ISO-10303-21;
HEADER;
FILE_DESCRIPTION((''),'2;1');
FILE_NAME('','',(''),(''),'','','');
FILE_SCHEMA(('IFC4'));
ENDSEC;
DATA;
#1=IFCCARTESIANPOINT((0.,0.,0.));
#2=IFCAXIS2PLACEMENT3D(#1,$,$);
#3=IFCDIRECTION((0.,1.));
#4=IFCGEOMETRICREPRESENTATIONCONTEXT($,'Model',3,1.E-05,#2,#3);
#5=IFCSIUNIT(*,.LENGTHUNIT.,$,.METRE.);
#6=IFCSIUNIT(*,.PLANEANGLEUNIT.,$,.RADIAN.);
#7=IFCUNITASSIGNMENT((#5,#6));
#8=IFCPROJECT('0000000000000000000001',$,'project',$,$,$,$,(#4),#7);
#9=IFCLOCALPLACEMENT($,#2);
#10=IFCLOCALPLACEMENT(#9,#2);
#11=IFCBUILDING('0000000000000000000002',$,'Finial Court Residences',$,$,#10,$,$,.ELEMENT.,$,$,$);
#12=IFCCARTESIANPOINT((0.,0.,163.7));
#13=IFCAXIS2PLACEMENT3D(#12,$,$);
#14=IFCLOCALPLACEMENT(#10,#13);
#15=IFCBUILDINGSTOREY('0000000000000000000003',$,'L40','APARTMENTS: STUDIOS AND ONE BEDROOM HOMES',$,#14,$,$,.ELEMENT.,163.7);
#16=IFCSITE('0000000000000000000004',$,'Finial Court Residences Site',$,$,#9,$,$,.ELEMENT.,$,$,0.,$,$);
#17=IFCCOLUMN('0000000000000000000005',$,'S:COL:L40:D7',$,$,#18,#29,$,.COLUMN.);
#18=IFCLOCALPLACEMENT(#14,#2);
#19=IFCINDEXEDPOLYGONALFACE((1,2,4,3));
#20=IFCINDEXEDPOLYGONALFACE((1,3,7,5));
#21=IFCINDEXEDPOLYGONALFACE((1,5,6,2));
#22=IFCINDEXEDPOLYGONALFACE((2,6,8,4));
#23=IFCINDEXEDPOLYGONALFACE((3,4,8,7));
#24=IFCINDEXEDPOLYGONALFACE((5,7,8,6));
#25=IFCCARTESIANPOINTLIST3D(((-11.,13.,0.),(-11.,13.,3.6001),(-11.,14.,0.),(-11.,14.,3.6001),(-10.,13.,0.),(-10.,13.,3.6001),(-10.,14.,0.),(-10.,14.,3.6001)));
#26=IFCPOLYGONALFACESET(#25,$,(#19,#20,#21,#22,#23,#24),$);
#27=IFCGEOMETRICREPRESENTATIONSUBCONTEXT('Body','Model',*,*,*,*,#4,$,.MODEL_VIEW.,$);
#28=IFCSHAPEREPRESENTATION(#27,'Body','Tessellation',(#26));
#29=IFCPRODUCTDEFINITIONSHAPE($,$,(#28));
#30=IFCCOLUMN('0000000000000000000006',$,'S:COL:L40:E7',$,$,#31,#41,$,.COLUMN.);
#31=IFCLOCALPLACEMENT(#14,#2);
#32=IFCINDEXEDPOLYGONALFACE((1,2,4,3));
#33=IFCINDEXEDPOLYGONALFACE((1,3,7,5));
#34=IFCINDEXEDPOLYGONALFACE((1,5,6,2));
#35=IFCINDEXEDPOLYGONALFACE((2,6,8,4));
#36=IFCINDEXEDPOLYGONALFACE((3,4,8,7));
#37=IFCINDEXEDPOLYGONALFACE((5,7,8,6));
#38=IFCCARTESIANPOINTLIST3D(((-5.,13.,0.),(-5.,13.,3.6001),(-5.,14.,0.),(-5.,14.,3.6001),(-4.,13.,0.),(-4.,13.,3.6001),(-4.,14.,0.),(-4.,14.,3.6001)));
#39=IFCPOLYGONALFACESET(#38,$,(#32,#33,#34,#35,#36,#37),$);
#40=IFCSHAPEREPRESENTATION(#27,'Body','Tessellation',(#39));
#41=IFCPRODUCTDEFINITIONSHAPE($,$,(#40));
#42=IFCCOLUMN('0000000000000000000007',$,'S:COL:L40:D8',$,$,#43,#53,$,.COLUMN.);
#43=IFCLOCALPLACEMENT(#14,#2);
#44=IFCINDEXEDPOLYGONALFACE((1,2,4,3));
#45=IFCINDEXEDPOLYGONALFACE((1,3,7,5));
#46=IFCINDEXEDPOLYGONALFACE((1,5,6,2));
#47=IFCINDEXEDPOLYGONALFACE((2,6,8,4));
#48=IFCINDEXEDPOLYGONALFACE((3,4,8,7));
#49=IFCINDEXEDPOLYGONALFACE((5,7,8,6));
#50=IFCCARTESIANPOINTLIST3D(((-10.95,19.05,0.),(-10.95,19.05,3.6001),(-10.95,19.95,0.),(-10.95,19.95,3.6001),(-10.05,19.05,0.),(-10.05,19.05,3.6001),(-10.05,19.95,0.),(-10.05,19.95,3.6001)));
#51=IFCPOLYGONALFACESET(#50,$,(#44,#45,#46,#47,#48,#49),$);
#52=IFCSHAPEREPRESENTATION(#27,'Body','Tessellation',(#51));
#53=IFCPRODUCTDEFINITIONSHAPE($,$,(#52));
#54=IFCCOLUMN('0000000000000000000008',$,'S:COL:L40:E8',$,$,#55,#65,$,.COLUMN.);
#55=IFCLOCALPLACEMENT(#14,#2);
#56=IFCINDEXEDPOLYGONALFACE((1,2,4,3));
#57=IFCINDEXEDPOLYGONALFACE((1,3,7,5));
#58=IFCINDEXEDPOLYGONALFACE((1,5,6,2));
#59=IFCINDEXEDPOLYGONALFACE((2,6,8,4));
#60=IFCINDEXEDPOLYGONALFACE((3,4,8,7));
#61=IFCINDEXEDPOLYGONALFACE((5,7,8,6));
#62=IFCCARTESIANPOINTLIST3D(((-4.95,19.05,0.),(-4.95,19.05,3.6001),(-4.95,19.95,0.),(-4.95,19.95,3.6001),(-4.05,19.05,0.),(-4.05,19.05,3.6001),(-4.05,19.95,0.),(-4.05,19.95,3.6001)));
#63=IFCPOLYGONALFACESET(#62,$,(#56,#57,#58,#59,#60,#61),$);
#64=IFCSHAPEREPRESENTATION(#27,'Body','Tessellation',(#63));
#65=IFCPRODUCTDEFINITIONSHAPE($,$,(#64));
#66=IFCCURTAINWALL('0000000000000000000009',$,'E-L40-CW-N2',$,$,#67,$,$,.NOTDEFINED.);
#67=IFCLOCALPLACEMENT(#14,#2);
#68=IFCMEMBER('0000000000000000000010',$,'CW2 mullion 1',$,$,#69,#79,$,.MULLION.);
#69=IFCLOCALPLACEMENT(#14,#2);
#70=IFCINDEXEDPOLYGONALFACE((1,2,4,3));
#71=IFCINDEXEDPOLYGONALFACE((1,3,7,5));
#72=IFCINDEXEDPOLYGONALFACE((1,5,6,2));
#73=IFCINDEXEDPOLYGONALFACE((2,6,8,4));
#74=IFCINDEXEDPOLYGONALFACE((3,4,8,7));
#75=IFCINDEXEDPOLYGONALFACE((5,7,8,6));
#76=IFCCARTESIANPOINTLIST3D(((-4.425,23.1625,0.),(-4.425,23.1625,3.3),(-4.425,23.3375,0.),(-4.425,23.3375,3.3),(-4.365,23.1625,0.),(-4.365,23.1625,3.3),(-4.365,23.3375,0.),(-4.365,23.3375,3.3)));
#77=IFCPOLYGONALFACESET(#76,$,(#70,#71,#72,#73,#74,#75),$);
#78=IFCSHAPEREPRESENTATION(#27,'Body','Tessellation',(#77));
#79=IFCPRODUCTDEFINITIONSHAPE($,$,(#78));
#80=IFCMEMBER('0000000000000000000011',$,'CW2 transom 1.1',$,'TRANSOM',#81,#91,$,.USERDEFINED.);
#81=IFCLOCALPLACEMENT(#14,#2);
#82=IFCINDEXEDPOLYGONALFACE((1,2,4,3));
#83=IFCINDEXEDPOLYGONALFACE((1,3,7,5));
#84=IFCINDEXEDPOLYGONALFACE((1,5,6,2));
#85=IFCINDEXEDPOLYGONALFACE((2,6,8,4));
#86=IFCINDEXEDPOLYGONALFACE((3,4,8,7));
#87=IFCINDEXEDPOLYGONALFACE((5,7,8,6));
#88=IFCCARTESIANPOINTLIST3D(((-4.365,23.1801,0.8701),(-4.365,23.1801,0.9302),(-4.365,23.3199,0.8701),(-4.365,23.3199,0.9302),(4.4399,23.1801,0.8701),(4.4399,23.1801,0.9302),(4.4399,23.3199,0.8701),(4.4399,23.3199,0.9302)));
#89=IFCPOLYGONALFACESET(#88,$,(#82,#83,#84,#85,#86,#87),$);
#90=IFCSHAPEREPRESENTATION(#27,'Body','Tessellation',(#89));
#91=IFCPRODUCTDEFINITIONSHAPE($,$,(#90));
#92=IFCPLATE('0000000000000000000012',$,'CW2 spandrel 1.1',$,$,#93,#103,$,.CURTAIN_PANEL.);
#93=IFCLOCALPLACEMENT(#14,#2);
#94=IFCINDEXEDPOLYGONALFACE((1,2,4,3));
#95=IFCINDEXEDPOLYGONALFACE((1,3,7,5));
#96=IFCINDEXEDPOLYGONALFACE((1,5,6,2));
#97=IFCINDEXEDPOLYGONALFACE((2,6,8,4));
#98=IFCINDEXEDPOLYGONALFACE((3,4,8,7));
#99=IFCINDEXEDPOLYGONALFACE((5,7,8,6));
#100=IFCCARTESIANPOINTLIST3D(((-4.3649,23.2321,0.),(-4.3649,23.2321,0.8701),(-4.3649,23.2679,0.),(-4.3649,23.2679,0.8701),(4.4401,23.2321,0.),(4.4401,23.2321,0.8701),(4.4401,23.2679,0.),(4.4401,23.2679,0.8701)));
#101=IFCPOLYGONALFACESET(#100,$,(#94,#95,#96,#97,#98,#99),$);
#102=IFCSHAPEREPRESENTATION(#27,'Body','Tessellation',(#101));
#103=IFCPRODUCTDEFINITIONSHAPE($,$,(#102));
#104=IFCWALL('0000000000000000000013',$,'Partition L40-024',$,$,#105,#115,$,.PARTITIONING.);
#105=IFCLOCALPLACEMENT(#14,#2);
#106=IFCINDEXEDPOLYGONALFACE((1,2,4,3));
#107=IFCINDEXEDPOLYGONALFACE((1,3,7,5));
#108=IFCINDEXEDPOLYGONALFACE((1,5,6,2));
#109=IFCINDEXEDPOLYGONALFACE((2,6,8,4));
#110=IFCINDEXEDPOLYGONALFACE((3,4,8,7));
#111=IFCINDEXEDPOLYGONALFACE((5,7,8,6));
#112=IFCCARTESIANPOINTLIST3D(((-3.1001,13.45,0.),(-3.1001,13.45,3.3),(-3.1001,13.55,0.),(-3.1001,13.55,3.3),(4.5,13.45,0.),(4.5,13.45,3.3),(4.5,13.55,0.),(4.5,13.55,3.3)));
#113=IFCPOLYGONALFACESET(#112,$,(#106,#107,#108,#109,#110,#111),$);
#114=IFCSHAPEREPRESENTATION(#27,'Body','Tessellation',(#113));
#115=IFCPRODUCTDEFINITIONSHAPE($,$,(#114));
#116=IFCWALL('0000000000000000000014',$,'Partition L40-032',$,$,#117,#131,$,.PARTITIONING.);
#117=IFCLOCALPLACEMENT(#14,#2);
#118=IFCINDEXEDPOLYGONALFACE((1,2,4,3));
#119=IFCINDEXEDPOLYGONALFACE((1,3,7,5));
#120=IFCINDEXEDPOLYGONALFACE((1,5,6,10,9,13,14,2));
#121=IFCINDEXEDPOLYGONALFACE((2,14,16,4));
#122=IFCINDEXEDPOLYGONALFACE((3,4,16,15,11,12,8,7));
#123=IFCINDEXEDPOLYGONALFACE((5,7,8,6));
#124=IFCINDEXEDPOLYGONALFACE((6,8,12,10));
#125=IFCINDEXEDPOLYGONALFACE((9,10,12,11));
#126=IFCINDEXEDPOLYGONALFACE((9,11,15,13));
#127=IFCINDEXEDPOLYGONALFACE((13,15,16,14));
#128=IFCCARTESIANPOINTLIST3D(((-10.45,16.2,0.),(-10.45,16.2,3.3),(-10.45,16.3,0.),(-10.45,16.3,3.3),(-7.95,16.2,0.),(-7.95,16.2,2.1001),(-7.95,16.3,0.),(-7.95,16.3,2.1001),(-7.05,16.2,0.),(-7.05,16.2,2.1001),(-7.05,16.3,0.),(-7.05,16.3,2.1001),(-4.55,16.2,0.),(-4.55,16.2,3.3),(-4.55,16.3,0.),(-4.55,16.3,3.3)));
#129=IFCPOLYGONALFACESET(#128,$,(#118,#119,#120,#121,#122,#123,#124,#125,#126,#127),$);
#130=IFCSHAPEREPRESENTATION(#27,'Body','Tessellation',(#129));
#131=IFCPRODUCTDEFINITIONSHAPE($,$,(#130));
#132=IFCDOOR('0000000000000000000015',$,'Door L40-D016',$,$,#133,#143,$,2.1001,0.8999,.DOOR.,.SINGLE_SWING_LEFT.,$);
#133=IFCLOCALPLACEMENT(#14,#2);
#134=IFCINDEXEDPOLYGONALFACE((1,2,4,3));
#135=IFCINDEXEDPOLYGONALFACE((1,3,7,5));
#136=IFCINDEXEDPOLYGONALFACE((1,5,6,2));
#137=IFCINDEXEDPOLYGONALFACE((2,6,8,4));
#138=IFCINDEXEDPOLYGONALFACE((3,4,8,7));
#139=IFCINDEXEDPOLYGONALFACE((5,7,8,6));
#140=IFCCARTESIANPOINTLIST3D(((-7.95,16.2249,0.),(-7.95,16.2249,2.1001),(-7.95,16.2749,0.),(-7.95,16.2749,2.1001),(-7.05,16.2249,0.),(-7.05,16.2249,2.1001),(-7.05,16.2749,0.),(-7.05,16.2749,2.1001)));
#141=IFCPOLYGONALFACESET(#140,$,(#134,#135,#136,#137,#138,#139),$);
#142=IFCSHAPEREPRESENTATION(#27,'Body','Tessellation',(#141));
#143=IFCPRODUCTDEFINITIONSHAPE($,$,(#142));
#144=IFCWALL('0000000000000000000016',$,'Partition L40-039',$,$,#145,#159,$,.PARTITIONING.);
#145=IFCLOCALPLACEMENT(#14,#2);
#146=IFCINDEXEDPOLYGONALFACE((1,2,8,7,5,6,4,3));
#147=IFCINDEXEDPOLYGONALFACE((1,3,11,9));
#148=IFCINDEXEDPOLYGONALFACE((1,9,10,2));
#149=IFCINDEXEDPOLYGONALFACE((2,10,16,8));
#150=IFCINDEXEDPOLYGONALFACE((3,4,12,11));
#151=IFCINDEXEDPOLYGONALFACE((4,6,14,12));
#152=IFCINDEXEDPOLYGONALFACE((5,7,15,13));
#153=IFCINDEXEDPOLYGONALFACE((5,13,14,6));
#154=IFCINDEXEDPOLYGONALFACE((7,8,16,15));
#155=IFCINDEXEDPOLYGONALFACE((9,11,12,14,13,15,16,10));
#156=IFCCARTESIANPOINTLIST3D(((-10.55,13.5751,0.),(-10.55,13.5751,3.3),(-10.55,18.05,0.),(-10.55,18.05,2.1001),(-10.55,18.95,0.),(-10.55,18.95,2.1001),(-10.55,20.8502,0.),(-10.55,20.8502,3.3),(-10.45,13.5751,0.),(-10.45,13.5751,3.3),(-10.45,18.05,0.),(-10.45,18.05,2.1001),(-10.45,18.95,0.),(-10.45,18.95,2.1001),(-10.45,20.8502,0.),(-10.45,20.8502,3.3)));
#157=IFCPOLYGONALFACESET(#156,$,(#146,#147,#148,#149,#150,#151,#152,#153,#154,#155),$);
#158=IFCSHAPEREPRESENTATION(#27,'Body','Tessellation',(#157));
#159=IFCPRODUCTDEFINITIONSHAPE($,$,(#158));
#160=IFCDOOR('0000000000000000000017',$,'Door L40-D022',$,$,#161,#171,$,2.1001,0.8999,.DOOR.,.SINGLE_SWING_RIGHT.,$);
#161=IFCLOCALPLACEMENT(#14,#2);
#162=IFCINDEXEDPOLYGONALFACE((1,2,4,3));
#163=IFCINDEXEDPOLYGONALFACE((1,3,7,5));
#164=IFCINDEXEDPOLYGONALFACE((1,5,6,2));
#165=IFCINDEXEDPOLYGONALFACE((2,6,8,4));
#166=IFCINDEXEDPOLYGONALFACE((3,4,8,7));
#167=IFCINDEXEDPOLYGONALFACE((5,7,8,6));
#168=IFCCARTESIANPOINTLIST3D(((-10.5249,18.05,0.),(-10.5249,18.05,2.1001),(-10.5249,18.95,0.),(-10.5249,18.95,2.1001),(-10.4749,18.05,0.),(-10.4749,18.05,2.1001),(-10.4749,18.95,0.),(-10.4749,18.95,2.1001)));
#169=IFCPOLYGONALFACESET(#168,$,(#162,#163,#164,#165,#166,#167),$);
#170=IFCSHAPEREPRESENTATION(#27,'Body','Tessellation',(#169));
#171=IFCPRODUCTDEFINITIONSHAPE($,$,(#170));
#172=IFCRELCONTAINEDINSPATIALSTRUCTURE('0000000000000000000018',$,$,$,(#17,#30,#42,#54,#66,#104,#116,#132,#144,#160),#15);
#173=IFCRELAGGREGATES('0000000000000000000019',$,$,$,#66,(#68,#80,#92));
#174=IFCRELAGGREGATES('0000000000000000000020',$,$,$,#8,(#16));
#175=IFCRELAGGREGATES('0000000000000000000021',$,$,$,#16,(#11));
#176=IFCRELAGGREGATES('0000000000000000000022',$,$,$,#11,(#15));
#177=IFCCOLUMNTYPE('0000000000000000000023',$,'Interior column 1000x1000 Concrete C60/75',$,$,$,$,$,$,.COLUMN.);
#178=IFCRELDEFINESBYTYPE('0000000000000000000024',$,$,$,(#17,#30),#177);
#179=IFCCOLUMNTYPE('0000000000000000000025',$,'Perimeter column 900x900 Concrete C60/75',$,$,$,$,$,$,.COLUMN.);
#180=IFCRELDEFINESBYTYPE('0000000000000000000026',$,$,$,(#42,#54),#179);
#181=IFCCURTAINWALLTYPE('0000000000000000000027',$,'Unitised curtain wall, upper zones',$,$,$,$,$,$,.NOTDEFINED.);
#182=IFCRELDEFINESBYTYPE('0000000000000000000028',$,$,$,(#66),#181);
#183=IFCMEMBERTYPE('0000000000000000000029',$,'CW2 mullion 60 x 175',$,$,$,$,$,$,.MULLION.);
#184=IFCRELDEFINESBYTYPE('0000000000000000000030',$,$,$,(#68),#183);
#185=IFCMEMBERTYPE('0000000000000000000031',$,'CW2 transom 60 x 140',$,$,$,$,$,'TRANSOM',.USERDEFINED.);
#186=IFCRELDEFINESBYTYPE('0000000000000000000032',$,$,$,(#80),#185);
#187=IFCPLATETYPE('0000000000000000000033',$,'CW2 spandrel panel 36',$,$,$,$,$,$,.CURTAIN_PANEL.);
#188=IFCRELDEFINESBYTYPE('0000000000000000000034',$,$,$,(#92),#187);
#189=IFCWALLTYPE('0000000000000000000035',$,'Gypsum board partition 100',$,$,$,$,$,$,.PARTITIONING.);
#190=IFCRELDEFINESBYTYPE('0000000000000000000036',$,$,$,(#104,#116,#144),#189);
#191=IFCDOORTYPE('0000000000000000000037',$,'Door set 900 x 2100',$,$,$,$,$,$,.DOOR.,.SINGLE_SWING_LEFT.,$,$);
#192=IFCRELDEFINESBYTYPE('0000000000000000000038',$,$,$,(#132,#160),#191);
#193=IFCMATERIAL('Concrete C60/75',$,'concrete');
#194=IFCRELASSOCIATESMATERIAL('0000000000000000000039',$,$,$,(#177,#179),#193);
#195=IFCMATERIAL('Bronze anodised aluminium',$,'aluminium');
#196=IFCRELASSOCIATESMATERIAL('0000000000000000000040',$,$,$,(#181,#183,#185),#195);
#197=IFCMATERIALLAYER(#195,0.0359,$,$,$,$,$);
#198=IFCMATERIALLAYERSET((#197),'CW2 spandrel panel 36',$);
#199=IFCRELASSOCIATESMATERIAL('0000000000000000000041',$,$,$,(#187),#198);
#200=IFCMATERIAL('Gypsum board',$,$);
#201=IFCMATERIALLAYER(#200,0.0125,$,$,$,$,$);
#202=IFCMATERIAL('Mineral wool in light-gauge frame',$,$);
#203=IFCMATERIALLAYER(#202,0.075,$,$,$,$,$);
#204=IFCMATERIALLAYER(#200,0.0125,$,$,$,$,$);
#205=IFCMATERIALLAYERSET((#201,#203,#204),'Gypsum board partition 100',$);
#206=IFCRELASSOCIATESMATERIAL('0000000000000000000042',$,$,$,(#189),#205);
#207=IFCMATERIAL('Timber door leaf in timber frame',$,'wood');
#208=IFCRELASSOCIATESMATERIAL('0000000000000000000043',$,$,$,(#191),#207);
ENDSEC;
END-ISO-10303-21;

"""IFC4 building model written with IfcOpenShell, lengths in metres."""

from ifc_helpers import new_model, si_unit, direction, frame, frame_2d, origin, origin_2d, place, context, subcontext, project, spatial, rectangle, extrude, material, layer, layer_set, material_profile, profile_set, type_object, element, fill, aggregate, save


model = new_model("IFC4")

# Units and contexts
model_context = context("Model", 3, precision=1e-05, world=origin(), true_north=direction((0.0, 1.0)))
body_context = subcontext(model_context, "Body", "Model", "MODEL_VIEW")
ifc_project = project(units=[si_unit("LENGTHUNIT", "METRE"), si_unit("PLANEANGLEUNIT", "RADIAN")], contexts=[model_context])

# Site, building, storey
site_placement = place(None, origin())
site = spatial("IfcSite", under=ifc_project, at=site_placement, Name="Finial Court Residences Site", CompositionType="ELEMENT", RefElevation=0.0)
building_placement = place(site_placement, origin())
building = spatial("IfcBuilding", under=site, at=building_placement, Name="Finial Court Residences", CompositionType="ELEMENT")
storey_placement = place(building_placement, frame((0.0, 0.0, 163.7)))
storey = spatial("IfcBuildingStorey", under=building, at=storey_placement, Name="L40", Description="APARTMENTS: STUDIOS AND ONE BEDROOM HOMES", CompositionType="ELEMENT", Elevation=163.7)

# Columns
ifc_material_1 = material(Name="Concrete C60/75", Category="concrete")
ifc_material_profile_1 = material_profile(ifc_material_1, rectangle(XDim=1.0, YDim=1.0, at=origin_2d()), Name="1000x1000")
ifc_profile_set_1 = profile_set([ifc_material_profile_1], Name="Concrete C60/75")
column_type_1 = type_object("IfcColumnType", Name="Interior column 1000x1000 Concrete C60/75", PredefinedType="COLUMN", material=ifc_profile_set_1)
for number, where, z_axis, x_axis, name in (
    (1, (-10.5, 13.5, 0.0), (0.0, 0.0, 1.0), (1.0, 0.0, 0.0), "S:COL:L40:D7"),
    (2, (-4.5, 13.5, 0.0), (0.0, 0.0, 1.0), (1.0, 0.0, 0.0), "S:COL:L40:E7"),
):
    element("IfcColumn", number, at=place(storey_placement, frame(where, z_axis=z_axis, x_axis=x_axis)), inside=storey, type_object=column_type_1, Name=name, PredefinedType="COLUMN", context=body_context, shape_type="SweptSolid", body=[
        extrude(rectangle(XDim=1.0, YDim=1.0, at=origin_2d()), origin(), (0.0, 0.0, 1.0), 3.6001),
    ])
ifc_material_profile_2 = material_profile(ifc_material_1, rectangle(XDim=0.8999, YDim=0.8999, at=origin_2d()), Name="900x900")
ifc_profile_set_2 = profile_set([ifc_material_profile_2], Name="Concrete C60/75")
column_type_2 = type_object("IfcColumnType", Name="Perimeter column 900x900 Concrete C60/75", PredefinedType="COLUMN", material=ifc_profile_set_2)
for number, where, z_axis, x_axis, name in (
    (3, (-10.5, 19.5, 0.0), (0.0, 0.0, 1.0), (1.0, 0.0, 0.0), "S:COL:L40:D8"),
    (4, (-4.5, 19.5, 0.0), (0.0, 0.0, 1.0), (1.0, 0.0, 0.0), "S:COL:L40:E8"),
):
    element("IfcColumn", number, at=place(storey_placement, frame(where, z_axis=z_axis, x_axis=x_axis)), inside=storey, type_object=column_type_2, Name=name, PredefinedType="COLUMN", context=body_context, shape_type="SweptSolid", body=[
        extrude(rectangle(XDim=0.8999, YDim=0.8999, at=origin_2d()), origin(), (0.0, 0.0, 1.0), 3.6001),
    ])

# Curtain wall, members, plate
ifc_material_2 = material(Name="Bronze anodised aluminium", Category="aluminium")
curtain_wall_type = type_object("IfcCurtainWallType", Name="Unitised curtain wall, upper zones", PredefinedType="NOTDEFINED", material=ifc_material_2)
curtain_wall_placement = place(storey_placement, origin())
curtain_wall = element("IfcCurtainWall", 5, at=curtain_wall_placement, inside=storey, type_object=curtain_wall_type, Name="E-L40-CW-N2", PredefinedType="NOTDEFINED")
ifc_material_profile_3 = material_profile(ifc_material_2, rectangle(XDim=0.175, YDim=0.0601, at=origin_2d()), Name="CW2 mullion 60 x 175")
ifc_profile_set_3 = profile_set([ifc_material_profile_3], Name="Bronze anodised aluminium")
member_type_1 = type_object("IfcMemberType", Name="CW2 mullion 60 x 175", PredefinedType="MULLION", material=ifc_profile_set_3)
member_1_placement = place(storey_placement, frame((-4.395, 23.25, 0.0), z_axis=(0.0, 0.0, 1.0), x_axis=(0.0, 1.0, 0.0)))
member_1 = element("IfcMember", 6, at=member_1_placement, type_object=member_type_1, Name="CW2 mullion 1", PredefinedType="MULLION", context=body_context, shape_type="SweptSolid", body=[
    extrude(rectangle(XDim=0.175, YDim=0.0601, at=origin_2d()), origin(), (0.0, 0.0, 1.0), 3.3),
])
ifc_material_profile_4 = material_profile(ifc_material_2, rectangle(XDim=0.1399, YDim=0.0601, at=origin_2d()), Name="CW2 transom 60 x 140")
ifc_profile_set_4 = profile_set([ifc_material_profile_4], Name="Bronze anodised aluminium")
member_type_2 = type_object("IfcMemberType", Name="CW2 transom 60 x 140", ElementType="TRANSOM", PredefinedType="USERDEFINED", material=ifc_profile_set_4)
member_2_placement = place(storey_placement, frame((-4.365, 23.25, 0.9001), z_axis=(1.0, 0.0, 0.0), x_axis=(0.0, 1.0, 0.0)))
member_2 = element("IfcMember", 7, at=member_2_placement, type_object=member_type_2, Name="CW2 transom 1.1", ObjectType="TRANSOM", PredefinedType="USERDEFINED", context=body_context, shape_type="SweptSolid", body=[
    extrude(rectangle(XDim=0.1399, YDim=0.0601, at=origin_2d()), origin(), (0.0, 0.0, 1.0), 8.8049),
])
ifc_layer_1 = layer(ifc_material_2, 0.0359)
ifc_layer_set_1 = layer_set([ifc_layer_1], Name="CW2 spandrel panel 36")
plate_type = type_object("IfcPlateType", Name="CW2 spandrel panel 36", PredefinedType="CURTAIN_PANEL", material=ifc_layer_set_1)
plate_placement = place(storey_placement, frame((0.0376, 23.25, 0.0), z_axis=(0.0, 0.0, 1.0), x_axis=(1.0, 0.0, 0.0)))
plate = element("IfcPlate", 8, at=plate_placement, type_object=plate_type, Name="CW2 spandrel 1.1", PredefinedType="CURTAIN_PANEL", context=body_context, shape_type="SweptSolid", body=[
    extrude(rectangle(XDim=8.8049, YDim=0.0359, at=origin_2d()), origin(), (0.0, 0.0, 1.0), 0.8701),
])
aggregate(curtain_wall, [member_1, member_2, plate])

# Wall
ifc_material_3 = material(Name="Gypsum board")
ifc_layer_2 = layer(ifc_material_3, 0.0125)
ifc_material_4 = material(Name="Mineral wool in light-gauge frame")
ifc_layer_3 = layer(ifc_material_4, 0.075)
ifc_layer_4 = layer(ifc_material_3, 0.0125)
ifc_layer_set_2 = layer_set([ifc_layer_2, ifc_layer_3, ifc_layer_4], Name="Gypsum board partition 100")
wall_type_1 = type_object("IfcWallType", Name="Gypsum board partition 100", PredefinedType="PARTITIONING", material=ifc_layer_set_2)
wall_1_placement = place(storey_placement, frame((-3.1001, 13.5, 0.0), z_axis=(0.0, 0.0, 1.0), x_axis=(1.0, 0.0, 0.0)))
element("IfcWall", 9, at=wall_1_placement, inside=storey, type_object=wall_type_1, Name="Partition L40-024", PredefinedType="PARTITIONING", context=body_context, shape_type="SweptSolid", body=[
    extrude(rectangle(XDim=7.6001, YDim=0.1001, at=frame_2d((3.8, 0.0))), origin(), (0.0, 0.0, 1.0), 3.3),
])

# Walls, openings, doors
wall_2_placement = place(storey_placement, frame((-10.45, 16.25, 0.0), z_axis=(0.0, 0.0, 1.0), x_axis=(1.0, 0.0, 0.0)))
wall_2 = element("IfcWall", 10, at=wall_2_placement, inside=storey, type_object=wall_type_1, Name="Partition L40-032", PredefinedType="PARTITIONING", context=body_context, shape_type="SweptSolid", body=[
    extrude(rectangle(XDim=5.8999, YDim=0.1001, at=frame_2d((2.95, 0.0))), origin(), (0.0, 0.0, 1.0), 3.3),
])
opening_1_placement = place(wall_2_placement, frame((2.5, 0.0, 0.0)))
opening_1 = element("IfcOpeningElement", 11, at=opening_1_placement, cuts=wall_2, PredefinedType="OPENING", context=body_context, shape_type="SweptSolid", body=[
    extrude(rectangle(XDim=0.8999, YDim=2.1001, at=frame_2d((0.45, 1.05))), frame((0.0, 0.0601, 0.0), z_axis=(0.0, -1.0, 0.0), x_axis=(1.0, 0.0, 0.0)), (0.0, 0.0, 1.0), 0.1201),
])
ifc_material_5 = material(Name="Timber door leaf in timber frame", Category="wood")
door_type_1 = type_object("IfcDoorType", Name="Door set 900 x 2100", OperationType="SINGLE_SWING_LEFT", PredefinedType="DOOR", material=ifc_material_5)
door_1_placement = place(opening_1_placement, origin())
door_1 = element("IfcDoor", 12, at=door_1_placement, inside=storey, type_object=door_type_1, Name="Door L40-D016", OperationType="SINGLE_SWING_LEFT", OverallHeight=2.1001, OverallWidth=0.8999, PredefinedType="DOOR", context=body_context, shape_type="SweptSolid", body=[
    extrude(rectangle(XDim=0.8999, YDim=2.1001, at=frame_2d((0.45, 1.05))), frame((0.0, 0.0249, 0.0), z_axis=(0.0, -1.0, 0.0), x_axis=(1.0, 0.0, 0.0)), (0.0, 0.0, 1.0), 0.05),
])
fill(opening_1, door_1)
wall_3_placement = place(storey_placement, frame((-10.5, 13.575, 0.0), z_axis=(0.0, 0.0, 1.0), x_axis=(0.0, 1.0, 0.0)))
wall_3 = element("IfcWall", 13, at=wall_3_placement, inside=storey, type_object=wall_type_1, Name="Partition L40-039", PredefinedType="PARTITIONING", context=body_context, shape_type="SweptSolid", body=[
    extrude(rectangle(XDim=7.2751, YDim=0.1001, at=frame_2d((3.6377, 0.0))), origin(), (0.0, 0.0, 1.0), 3.3),
])
opening_2_placement = place(wall_3_placement, frame((4.4751, 0.0, 0.0)))
opening_2 = element("IfcOpeningElement", 14, at=opening_2_placement, cuts=wall_3, PredefinedType="OPENING", context=body_context, shape_type="SweptSolid", body=[
    extrude(rectangle(XDim=0.8999, YDim=2.1001, at=frame_2d((0.45, 1.05))), frame((0.0, 0.0601, 0.0), z_axis=(0.0, -1.0, 0.0), x_axis=(1.0, 0.0, 0.0)), (0.0, 0.0, 1.0), 0.1201),
])
door_2_placement = place(opening_2_placement, origin())
door_2 = element("IfcDoor", 15, at=door_2_placement, inside=storey, type_object=door_type_1, Name="Door L40-D022", OperationType="SINGLE_SWING_RIGHT", OverallHeight=2.1001, OverallWidth=0.8999, PredefinedType="DOOR", context=body_context, shape_type="SweptSolid", body=[
    extrude(rectangle(XDim=0.8999, YDim=2.1001, at=frame_2d((0.45, 1.05))), frame((0.0, 0.0249, 0.0), z_axis=(0.0, -1.0, 0.0), x_axis=(1.0, 0.0, 0.0)), (0.0, 0.0, 1.0), 0.05),
])
fill(opening_2, door_2)

save(model, "model.ifc")
